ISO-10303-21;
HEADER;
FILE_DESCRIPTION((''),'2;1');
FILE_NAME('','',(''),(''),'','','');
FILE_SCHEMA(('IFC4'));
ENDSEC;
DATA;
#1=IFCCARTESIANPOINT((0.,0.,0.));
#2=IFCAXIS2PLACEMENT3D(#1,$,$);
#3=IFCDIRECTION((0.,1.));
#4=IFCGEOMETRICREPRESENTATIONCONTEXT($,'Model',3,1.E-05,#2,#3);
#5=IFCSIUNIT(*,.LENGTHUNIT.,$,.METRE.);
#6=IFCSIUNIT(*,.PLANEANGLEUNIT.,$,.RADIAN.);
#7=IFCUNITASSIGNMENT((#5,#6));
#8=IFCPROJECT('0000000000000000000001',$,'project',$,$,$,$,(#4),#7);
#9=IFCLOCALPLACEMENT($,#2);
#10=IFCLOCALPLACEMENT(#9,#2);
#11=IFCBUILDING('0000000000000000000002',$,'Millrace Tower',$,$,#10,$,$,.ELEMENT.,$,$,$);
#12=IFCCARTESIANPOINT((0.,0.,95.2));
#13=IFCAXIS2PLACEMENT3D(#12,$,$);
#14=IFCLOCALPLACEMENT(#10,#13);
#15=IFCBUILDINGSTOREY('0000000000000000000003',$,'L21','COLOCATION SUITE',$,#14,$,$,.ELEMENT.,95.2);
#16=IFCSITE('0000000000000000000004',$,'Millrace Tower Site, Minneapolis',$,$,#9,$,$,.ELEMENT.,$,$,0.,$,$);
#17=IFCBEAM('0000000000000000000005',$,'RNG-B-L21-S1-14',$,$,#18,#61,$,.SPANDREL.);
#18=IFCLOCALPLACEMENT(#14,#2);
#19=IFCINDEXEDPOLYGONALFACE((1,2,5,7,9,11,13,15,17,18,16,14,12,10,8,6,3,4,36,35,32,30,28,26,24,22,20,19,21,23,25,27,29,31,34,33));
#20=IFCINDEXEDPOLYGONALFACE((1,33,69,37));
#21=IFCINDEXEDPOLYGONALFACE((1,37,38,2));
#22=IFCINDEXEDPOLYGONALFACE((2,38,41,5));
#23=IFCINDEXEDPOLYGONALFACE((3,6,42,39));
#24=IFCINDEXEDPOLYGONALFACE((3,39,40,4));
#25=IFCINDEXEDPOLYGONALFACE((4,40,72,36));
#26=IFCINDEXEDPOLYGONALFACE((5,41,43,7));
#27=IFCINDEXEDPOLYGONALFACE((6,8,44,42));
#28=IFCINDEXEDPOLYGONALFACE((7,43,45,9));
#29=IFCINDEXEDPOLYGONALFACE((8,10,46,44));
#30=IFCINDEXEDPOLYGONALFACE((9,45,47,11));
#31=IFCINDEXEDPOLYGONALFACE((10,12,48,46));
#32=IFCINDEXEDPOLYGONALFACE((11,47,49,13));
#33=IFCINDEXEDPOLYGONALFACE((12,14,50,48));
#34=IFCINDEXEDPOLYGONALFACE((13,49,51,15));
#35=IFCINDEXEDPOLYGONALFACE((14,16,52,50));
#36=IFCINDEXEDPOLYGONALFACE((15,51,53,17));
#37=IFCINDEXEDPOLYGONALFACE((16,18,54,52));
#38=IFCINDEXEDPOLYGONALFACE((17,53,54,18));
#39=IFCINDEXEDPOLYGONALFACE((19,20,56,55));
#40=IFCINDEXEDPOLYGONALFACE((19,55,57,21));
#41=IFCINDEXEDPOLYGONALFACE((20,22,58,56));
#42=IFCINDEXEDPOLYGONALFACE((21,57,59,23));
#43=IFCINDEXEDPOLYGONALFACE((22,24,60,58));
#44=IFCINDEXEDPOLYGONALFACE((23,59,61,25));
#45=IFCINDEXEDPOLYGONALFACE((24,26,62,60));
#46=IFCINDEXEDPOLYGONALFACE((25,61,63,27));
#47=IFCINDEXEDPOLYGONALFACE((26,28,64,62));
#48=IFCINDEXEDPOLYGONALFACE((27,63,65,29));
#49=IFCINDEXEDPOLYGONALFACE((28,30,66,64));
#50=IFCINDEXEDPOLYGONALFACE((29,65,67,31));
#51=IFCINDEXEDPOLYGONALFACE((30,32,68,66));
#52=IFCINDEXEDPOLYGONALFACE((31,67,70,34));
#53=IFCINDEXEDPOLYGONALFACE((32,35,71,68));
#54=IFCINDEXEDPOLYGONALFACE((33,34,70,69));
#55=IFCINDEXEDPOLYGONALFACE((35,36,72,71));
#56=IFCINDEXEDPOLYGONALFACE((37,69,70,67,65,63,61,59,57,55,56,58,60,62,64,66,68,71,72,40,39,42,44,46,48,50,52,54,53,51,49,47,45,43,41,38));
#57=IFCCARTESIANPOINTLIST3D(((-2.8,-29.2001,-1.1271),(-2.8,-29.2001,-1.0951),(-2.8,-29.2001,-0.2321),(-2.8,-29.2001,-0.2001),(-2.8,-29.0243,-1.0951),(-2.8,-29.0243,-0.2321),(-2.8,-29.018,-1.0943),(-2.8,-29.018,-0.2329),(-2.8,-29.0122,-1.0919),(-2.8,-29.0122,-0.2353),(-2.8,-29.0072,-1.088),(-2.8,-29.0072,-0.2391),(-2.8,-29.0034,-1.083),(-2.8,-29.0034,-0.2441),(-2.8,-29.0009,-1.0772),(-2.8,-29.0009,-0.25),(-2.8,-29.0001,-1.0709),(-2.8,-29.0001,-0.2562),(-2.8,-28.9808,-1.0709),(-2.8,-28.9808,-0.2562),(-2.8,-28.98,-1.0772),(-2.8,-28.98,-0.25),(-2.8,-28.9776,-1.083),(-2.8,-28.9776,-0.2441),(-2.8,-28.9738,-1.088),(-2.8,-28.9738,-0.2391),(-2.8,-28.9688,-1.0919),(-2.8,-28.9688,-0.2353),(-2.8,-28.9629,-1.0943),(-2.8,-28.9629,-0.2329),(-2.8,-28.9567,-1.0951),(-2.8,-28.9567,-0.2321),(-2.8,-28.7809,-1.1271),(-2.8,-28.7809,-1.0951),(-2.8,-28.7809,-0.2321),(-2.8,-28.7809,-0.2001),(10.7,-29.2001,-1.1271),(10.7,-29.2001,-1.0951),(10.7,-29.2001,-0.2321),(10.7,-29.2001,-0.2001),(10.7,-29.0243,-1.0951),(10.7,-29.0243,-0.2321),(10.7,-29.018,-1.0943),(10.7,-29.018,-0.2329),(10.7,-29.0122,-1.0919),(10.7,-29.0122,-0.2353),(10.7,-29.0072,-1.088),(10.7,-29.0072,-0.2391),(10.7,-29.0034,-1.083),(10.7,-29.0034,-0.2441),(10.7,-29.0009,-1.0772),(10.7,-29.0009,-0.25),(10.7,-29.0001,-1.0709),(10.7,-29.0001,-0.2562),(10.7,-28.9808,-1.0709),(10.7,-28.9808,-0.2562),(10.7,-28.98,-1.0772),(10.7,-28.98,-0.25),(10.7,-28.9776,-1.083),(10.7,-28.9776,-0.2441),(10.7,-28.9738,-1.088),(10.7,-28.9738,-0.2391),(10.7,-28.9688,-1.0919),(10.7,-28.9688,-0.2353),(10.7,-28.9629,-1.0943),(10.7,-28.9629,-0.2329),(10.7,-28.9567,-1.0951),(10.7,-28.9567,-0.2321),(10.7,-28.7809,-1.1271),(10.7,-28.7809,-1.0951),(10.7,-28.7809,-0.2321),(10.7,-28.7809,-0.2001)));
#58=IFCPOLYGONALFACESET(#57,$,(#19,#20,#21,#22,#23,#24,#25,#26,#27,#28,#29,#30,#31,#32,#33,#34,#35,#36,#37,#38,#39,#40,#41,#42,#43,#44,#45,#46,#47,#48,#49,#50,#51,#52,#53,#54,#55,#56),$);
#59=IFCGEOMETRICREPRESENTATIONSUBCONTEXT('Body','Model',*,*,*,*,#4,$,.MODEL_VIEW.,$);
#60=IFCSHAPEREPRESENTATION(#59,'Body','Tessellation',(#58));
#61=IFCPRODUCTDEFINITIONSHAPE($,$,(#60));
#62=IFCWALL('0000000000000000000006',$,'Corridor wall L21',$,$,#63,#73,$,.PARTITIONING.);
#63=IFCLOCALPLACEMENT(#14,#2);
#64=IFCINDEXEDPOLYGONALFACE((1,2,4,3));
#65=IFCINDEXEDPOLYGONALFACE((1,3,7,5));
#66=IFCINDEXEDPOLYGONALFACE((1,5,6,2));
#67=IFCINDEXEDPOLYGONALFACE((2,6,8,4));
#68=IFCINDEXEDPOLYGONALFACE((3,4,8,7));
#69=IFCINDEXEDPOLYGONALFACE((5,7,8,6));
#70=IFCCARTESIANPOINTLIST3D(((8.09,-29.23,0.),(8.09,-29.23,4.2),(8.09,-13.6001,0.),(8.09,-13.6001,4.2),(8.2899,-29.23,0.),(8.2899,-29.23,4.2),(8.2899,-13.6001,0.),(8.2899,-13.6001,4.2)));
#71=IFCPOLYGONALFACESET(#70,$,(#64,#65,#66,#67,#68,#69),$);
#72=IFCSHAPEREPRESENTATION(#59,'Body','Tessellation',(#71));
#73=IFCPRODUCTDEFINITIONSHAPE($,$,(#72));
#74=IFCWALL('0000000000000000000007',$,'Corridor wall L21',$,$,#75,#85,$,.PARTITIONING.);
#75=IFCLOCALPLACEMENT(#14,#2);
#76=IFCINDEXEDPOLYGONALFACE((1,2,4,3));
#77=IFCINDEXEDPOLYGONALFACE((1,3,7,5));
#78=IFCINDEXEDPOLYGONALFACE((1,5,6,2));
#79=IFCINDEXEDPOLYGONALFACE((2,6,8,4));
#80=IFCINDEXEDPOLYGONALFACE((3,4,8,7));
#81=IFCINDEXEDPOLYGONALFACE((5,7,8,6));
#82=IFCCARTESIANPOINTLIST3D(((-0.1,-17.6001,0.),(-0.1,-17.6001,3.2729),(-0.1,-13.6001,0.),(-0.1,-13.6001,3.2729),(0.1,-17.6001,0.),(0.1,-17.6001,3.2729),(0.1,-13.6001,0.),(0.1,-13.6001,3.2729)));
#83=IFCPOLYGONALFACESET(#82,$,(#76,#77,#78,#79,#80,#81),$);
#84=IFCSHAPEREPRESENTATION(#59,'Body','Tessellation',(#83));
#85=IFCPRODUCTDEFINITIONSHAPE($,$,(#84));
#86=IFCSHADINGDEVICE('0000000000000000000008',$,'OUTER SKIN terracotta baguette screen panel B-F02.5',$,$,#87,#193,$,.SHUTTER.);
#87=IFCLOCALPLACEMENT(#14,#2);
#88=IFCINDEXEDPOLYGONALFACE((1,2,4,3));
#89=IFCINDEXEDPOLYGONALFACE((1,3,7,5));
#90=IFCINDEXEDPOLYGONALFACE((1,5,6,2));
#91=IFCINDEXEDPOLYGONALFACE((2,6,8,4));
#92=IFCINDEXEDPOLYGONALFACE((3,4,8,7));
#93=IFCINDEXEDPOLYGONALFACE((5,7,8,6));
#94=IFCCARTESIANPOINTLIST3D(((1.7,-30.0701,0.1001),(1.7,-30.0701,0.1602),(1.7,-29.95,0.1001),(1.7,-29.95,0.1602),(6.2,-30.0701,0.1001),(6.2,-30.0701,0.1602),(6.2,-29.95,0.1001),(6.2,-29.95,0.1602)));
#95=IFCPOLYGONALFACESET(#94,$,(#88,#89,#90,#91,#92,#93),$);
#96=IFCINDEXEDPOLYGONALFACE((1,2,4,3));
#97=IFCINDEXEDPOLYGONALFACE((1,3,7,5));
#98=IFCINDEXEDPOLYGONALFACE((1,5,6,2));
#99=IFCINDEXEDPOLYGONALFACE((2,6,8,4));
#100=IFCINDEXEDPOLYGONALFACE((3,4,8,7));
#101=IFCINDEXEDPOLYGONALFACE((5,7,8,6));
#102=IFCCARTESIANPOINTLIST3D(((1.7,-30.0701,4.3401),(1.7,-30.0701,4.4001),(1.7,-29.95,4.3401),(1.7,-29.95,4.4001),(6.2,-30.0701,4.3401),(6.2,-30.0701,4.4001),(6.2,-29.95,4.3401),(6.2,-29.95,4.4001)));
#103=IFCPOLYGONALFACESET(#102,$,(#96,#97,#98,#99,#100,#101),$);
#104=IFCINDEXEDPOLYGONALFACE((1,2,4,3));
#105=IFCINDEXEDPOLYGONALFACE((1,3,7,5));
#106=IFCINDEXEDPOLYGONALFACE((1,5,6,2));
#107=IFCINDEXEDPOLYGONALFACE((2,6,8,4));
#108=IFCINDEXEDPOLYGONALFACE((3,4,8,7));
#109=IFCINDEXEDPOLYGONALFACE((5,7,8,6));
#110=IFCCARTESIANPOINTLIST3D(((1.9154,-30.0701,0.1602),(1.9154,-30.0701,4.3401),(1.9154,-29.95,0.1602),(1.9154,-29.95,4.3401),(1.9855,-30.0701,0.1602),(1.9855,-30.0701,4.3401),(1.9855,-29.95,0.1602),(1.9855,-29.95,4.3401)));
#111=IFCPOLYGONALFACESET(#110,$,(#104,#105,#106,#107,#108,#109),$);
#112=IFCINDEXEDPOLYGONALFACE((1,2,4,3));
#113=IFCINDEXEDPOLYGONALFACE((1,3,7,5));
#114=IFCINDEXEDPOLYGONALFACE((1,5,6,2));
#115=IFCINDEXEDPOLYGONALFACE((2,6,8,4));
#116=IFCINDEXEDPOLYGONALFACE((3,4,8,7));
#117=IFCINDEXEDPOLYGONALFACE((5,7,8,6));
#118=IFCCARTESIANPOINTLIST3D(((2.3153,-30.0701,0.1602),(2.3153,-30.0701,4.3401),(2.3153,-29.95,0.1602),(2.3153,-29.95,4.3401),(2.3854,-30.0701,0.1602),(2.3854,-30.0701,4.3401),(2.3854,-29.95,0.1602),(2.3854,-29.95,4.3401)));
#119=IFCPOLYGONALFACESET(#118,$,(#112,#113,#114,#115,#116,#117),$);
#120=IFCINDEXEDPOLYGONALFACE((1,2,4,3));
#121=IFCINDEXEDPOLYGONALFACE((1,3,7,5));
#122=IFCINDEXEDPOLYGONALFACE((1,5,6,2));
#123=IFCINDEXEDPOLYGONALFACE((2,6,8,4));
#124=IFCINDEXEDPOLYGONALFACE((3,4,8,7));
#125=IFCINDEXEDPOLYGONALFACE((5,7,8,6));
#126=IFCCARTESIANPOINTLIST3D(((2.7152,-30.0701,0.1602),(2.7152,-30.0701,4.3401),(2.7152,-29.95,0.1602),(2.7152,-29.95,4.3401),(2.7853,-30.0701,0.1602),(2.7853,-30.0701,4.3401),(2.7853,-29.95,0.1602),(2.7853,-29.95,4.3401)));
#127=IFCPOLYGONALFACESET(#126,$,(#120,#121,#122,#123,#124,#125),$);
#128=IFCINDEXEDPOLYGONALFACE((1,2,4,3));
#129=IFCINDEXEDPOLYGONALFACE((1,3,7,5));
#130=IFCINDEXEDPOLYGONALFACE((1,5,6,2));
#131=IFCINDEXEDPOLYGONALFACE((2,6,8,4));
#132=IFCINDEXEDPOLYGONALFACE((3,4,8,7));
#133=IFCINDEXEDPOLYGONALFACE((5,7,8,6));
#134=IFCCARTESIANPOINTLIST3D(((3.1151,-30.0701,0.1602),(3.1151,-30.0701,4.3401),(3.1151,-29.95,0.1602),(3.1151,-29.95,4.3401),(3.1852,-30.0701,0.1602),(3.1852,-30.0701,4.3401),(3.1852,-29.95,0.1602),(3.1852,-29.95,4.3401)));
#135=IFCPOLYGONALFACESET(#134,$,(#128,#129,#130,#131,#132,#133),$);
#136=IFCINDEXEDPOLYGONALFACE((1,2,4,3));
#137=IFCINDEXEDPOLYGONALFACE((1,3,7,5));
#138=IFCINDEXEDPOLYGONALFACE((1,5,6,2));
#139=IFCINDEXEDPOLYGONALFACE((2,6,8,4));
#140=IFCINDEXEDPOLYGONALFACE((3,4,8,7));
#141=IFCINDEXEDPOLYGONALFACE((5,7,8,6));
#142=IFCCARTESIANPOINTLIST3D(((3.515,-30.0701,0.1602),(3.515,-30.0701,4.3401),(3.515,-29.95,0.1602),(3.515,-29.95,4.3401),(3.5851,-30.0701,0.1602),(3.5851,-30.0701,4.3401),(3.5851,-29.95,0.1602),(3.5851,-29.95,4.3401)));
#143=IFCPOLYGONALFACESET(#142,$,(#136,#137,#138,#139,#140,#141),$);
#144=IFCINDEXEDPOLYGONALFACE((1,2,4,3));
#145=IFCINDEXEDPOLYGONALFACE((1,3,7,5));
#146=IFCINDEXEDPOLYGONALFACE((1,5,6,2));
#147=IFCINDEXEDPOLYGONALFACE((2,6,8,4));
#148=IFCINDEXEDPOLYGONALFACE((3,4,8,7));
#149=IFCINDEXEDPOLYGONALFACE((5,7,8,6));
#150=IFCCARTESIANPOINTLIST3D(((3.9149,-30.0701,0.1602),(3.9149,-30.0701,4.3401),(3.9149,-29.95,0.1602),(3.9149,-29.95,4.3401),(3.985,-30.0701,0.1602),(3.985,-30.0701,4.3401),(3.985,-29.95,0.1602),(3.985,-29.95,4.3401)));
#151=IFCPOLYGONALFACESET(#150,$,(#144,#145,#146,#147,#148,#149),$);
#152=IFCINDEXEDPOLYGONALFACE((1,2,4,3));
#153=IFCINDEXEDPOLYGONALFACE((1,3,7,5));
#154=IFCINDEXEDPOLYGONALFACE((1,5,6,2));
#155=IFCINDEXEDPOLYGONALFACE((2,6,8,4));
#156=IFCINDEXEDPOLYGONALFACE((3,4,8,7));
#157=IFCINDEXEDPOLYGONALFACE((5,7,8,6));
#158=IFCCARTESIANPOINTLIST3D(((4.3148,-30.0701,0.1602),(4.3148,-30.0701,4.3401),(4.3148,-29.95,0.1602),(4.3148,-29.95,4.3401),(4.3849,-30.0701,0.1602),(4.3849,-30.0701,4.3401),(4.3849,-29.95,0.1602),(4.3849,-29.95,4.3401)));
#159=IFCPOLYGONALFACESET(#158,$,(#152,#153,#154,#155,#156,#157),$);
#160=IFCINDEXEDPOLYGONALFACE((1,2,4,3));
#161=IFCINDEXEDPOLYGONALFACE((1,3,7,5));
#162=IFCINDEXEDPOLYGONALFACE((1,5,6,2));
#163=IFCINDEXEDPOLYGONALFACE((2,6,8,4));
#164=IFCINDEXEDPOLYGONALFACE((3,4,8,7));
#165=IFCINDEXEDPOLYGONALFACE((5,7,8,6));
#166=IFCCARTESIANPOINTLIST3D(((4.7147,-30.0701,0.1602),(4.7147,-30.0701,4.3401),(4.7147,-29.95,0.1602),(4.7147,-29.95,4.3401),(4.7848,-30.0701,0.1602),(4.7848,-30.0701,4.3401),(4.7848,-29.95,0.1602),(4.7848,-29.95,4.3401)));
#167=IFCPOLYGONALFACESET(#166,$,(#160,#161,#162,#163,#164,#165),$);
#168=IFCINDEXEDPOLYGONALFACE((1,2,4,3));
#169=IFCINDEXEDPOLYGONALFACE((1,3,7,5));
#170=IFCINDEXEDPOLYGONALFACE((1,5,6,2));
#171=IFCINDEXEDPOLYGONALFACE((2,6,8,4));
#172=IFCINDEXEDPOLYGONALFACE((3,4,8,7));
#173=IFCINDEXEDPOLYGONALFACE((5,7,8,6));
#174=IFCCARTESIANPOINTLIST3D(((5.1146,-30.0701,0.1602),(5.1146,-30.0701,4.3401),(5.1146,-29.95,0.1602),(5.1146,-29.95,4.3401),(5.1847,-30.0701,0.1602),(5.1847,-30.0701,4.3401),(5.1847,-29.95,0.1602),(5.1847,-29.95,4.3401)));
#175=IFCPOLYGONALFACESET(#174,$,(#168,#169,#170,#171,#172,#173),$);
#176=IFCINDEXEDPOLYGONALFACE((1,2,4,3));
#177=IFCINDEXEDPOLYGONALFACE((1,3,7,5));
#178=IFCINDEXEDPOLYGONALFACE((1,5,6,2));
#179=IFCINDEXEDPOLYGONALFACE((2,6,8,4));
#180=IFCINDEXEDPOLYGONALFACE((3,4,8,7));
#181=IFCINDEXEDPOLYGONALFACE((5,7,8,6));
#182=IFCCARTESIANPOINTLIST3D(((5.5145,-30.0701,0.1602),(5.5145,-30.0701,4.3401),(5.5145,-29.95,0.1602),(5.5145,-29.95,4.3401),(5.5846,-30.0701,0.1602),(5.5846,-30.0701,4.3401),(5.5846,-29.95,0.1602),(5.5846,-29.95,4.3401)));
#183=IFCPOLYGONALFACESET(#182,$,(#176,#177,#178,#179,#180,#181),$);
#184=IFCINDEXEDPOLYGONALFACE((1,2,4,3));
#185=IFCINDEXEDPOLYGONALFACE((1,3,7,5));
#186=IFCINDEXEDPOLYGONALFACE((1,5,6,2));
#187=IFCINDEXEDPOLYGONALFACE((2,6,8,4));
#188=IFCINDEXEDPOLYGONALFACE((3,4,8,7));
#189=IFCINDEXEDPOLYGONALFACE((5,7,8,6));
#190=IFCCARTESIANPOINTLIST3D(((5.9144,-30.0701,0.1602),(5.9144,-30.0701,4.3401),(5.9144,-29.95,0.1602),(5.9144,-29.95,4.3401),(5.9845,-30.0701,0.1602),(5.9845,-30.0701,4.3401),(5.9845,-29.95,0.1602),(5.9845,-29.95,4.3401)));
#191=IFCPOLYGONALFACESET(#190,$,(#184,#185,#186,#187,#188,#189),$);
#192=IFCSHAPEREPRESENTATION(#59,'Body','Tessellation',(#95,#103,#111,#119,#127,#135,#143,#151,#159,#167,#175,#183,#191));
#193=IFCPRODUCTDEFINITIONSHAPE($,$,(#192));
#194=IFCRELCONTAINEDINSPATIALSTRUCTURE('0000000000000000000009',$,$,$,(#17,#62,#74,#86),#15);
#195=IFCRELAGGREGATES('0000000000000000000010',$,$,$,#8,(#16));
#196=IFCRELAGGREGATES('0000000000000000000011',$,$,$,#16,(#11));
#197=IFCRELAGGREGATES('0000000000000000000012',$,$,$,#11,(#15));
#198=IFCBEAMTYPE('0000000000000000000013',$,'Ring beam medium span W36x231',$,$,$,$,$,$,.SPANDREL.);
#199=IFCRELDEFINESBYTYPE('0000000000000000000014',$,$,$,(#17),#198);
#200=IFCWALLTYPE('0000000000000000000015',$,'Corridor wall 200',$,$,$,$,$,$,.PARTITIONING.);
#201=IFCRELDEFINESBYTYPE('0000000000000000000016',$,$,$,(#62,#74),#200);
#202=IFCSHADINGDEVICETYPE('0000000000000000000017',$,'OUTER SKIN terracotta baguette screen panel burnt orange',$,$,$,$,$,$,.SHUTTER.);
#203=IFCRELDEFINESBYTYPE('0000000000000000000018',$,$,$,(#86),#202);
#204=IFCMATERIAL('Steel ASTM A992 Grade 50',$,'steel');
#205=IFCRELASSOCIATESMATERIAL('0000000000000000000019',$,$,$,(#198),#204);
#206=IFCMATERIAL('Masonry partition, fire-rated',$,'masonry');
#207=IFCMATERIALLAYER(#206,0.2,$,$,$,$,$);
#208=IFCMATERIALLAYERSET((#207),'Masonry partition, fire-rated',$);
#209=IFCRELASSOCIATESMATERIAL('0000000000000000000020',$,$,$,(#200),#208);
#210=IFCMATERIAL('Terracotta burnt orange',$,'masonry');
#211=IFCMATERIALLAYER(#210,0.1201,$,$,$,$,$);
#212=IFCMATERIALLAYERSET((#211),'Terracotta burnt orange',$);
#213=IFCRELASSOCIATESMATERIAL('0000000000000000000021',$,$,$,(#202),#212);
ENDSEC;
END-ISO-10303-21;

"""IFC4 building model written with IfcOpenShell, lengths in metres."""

from ifc_helpers import new_model, entity, si_unit, direction, frame, frame_2d, origin, origin_2d, place, context, subcontext, project, spatial, rectangle, i_section, extrude, source, transform, mapped, material, layer, layer_set, material_profile, profile_set, type_object, element, save


model = new_model("IFC4")

# Units and contexts
model_context = context("Model", 3, precision=1e-05, world=origin(), true_north=direction((0.0, 1.0)))
body_context = subcontext(model_context, "Body", "Model", "MODEL_VIEW")
ifc_project = project(units=[si_unit("LENGTHUNIT", "METRE"), si_unit("PLANEANGLEUNIT", "RADIAN")], contexts=[model_context])

# Site, building, storey
site_placement = place(None, origin())
site = spatial("IfcSite", under=ifc_project, at=site_placement, Name="Millrace Tower Site, Minneapolis", CompositionType="ELEMENT", RefElevation=0.0)
building_placement = place(site_placement, origin())
building = spatial("IfcBuilding", under=site, at=building_placement, Name="Millrace Tower", CompositionType="ELEMENT")
storey_placement = place(building_placement, frame((0.0, 0.0, 95.2)))
storey = spatial("IfcBuildingStorey", under=building, at=storey_placement, Name="L21", Description="COLOCATION SUITE", CompositionType="ELEMENT", Elevation=95.2)

# Beam
ifc_material_1 = material(Name="Steel ASTM A992 Grade 50", Category="steel")
ifc_material_profile_1 = material_profile(ifc_material_1, i_section(OverallWidth=0.4192, OverallDepth=0.927, WebThickness=0.0193, FlangeThickness=0.032, FilletRadius=0.0242, at=origin_2d()))
ifc_profile_set_1 = profile_set([ifc_material_profile_1], Name="Steel ASTM A992 Grade 50")
beam_type_1 = type_object("IfcBeamType", Name="Ring beam medium span W36x231", PredefinedType="SPANDREL", material=ifc_profile_set_1)
beam_1_placement = place(storey_placement, frame((10.7, -28.9905, -0.6636), z_axis=(-1.0, 0.0, 0.0), x_axis=(0.0, -1.0, 0.0)))
element("IfcBeam", 1, at=beam_1_placement, inside=storey, type_object=beam_type_1, Name="RNG-B-L21-S1-14", PredefinedType="SPANDREL", context=body_context, shape_type="SweptSolid", body=[
    extrude(i_section(OverallWidth=0.4192, OverallDepth=0.927, WebThickness=0.0193, FlangeThickness=0.032, FilletRadius=0.0242, at=origin_2d()), origin(), (0.0, 0.0, 1.0), 13.5),
])

# Walls
ifc_material_2 = material(Name="Masonry partition, fire-rated", Category="masonry")
ifc_layer_1 = layer(ifc_material_2, 0.2)
ifc_layer_set_1 = layer_set([ifc_layer_1], Name="Masonry partition, fire-rated")
wall_type = type_object("IfcWallType", Name="Corridor wall 200", PredefinedType="PARTITIONING", material=ifc_layer_set_1)
wall_1_placement = place(storey_placement, frame((8.1899, -29.23, 0.0), z_axis=(0.0, 0.0, 1.0), x_axis=(0.0, 1.0, 0.0)))
element("IfcWall", 2, at=wall_1_placement, inside=storey, type_object=wall_type, Name="Corridor wall L21", PredefinedType="PARTITIONING", context=body_context, shape_type="SweptSolid", body=[
    extrude(rectangle(XDim=15.6299, YDim=0.2, at=frame_2d((7.8149, 0.0))), origin(), (0.0, 0.0, 1.0), 4.2),
])
wall_2_placement = place(storey_placement, frame((0.0, -17.6001, 0.0), z_axis=(0.0, 0.0, 1.0), x_axis=(0.0, 1.0, 0.0)))
element("IfcWall", 3, at=wall_2_placement, inside=storey, type_object=wall_type, Name="Corridor wall L21", PredefinedType="PARTITIONING", context=body_context, shape_type="SweptSolid", body=[
    extrude(rectangle(XDim=4.0, YDim=0.2, at=frame_2d((2.0, 0.0))), origin(), (0.0, 0.0, 1.0), 3.2729),
])

# Shading device
ifc_material_3 = material(Name="Terracotta burnt orange", Category="masonry")
ifc_layer_2 = layer(ifc_material_3, 0.1201)
ifc_layer_set_2 = layer_set([ifc_layer_2], Name="Terracotta burnt orange")
shading_device_type = type_object("IfcShadingDeviceType", Name="OUTER SKIN terracotta baguette screen panel burnt orange", PredefinedType="SHUTTER", material=ifc_layer_set_2)
cartesian_point = entity("IfcCartesianPoint", [-2.25, 0.0601])
shared_polyline = entity("IfcPolyline", [cartesian_point, entity("IfcCartesianPoint", [2.25, 0.0601]), entity("IfcCartesianPoint", [2.25, -0.0601]), entity("IfcCartesianPoint", [-2.25, -0.0601]), cartesian_point])
shared_shape = source(origin(), body_context, "Body", "SweptSolid", [
    entity("IfcExtrudedAreaSolid", entity("IfcArbitraryClosedProfileDef", "AREA", None, shared_polyline), entity("IfcAxis2Placement3D", entity("IfcCartesianPoint", [0.0, 0.0, 0.0])), entity("IfcDirection", [0.0, 0.0, 1.0]), 0.0601),
    entity("IfcExtrudedAreaSolid", entity("IfcArbitraryClosedProfileDef", "AREA", None, shared_polyline), entity("IfcAxis2Placement3D", entity("IfcCartesianPoint", [0.0, 0.0, 4.24])), entity("IfcDirection", [0.0, 0.0, 1.0]), 0.0601),
    extrude(rectangle(XDim=0.0701, YDim=0.1201, at=frame_2d((-1.9995, 0.0))), frame((0.0, 0.0, 0.0601)), (0.0, 0.0, 1.0), 4.1799),
    extrude(rectangle(XDim=0.0701, YDim=0.1201, at=frame_2d((-1.5996, 0.0))), frame((0.0, 0.0, 0.0601)), (0.0, 0.0, 1.0), 4.1799),
    extrude(rectangle(XDim=0.0701, YDim=0.1201, at=frame_2d((-1.1997, 0.0))), frame((0.0, 0.0, 0.0601)), (0.0, 0.0, 1.0), 4.1799),
    extrude(rectangle(XDim=0.0701, YDim=0.1201, at=frame_2d((-0.7998, 0.0))), frame((0.0, 0.0, 0.0601)), (0.0, 0.0, 1.0), 4.1799),
    extrude(rectangle(XDim=0.0701, YDim=0.1201, at=frame_2d((-0.3999, 0.0))), frame((0.0, 0.0, 0.0601)), (0.0, 0.0, 1.0), 4.1799),
    extrude(rectangle(XDim=0.0701, YDim=0.1201, at=origin_2d()), frame((0.0, 0.0, 0.0601)), (0.0, 0.0, 1.0), 4.1799),
    extrude(rectangle(XDim=0.0701, YDim=0.1201, at=frame_2d((0.3999, 0.0))), frame((0.0, 0.0, 0.0601)), (0.0, 0.0, 1.0), 4.1799),
    extrude(rectangle(XDim=0.0701, YDim=0.1201, at=frame_2d((0.7998, 0.0))), frame((0.0, 0.0, 0.0601)), (0.0, 0.0, 1.0), 4.1799),
    extrude(rectangle(XDim=0.0701, YDim=0.1201, at=frame_2d((1.1997, 0.0))), frame((0.0, 0.0, 0.0601)), (0.0, 0.0, 1.0), 4.1799),
    extrude(rectangle(XDim=0.0701, YDim=0.1201, at=frame_2d((1.5996, 0.0))), frame((0.0, 0.0, 0.0601)), (0.0, 0.0, 1.0), 4.1799),
    extrude(rectangle(XDim=0.0701, YDim=0.1201, at=frame_2d((1.9995, 0.0))), frame((0.0, 0.0, 0.0601)), (0.0, 0.0, 1.0), 4.1799),
])
for number, where, z_axis, x_axis, name in (
    (4, (3.95, -30.01, 0.1001), (0.0, 0.0, 1.0), (1.0, 0.0, 0.0), "OUTER SKIN terracotta baguette screen panel B-F02.5"),
):
    element("IfcShadingDevice", number, at=place(storey_placement, frame(where, z_axis=z_axis, x_axis=x_axis)), inside=storey, type_object=shading_device_type, Name=name, PredefinedType="SHUTTER", context=body_context, shape_type="MappedRepresentation", body=[
        mapped(shared_shape, transform((0.0, 0.0, 0.0), scale=1.0)),
    ])

save(model, "model.ifc")
